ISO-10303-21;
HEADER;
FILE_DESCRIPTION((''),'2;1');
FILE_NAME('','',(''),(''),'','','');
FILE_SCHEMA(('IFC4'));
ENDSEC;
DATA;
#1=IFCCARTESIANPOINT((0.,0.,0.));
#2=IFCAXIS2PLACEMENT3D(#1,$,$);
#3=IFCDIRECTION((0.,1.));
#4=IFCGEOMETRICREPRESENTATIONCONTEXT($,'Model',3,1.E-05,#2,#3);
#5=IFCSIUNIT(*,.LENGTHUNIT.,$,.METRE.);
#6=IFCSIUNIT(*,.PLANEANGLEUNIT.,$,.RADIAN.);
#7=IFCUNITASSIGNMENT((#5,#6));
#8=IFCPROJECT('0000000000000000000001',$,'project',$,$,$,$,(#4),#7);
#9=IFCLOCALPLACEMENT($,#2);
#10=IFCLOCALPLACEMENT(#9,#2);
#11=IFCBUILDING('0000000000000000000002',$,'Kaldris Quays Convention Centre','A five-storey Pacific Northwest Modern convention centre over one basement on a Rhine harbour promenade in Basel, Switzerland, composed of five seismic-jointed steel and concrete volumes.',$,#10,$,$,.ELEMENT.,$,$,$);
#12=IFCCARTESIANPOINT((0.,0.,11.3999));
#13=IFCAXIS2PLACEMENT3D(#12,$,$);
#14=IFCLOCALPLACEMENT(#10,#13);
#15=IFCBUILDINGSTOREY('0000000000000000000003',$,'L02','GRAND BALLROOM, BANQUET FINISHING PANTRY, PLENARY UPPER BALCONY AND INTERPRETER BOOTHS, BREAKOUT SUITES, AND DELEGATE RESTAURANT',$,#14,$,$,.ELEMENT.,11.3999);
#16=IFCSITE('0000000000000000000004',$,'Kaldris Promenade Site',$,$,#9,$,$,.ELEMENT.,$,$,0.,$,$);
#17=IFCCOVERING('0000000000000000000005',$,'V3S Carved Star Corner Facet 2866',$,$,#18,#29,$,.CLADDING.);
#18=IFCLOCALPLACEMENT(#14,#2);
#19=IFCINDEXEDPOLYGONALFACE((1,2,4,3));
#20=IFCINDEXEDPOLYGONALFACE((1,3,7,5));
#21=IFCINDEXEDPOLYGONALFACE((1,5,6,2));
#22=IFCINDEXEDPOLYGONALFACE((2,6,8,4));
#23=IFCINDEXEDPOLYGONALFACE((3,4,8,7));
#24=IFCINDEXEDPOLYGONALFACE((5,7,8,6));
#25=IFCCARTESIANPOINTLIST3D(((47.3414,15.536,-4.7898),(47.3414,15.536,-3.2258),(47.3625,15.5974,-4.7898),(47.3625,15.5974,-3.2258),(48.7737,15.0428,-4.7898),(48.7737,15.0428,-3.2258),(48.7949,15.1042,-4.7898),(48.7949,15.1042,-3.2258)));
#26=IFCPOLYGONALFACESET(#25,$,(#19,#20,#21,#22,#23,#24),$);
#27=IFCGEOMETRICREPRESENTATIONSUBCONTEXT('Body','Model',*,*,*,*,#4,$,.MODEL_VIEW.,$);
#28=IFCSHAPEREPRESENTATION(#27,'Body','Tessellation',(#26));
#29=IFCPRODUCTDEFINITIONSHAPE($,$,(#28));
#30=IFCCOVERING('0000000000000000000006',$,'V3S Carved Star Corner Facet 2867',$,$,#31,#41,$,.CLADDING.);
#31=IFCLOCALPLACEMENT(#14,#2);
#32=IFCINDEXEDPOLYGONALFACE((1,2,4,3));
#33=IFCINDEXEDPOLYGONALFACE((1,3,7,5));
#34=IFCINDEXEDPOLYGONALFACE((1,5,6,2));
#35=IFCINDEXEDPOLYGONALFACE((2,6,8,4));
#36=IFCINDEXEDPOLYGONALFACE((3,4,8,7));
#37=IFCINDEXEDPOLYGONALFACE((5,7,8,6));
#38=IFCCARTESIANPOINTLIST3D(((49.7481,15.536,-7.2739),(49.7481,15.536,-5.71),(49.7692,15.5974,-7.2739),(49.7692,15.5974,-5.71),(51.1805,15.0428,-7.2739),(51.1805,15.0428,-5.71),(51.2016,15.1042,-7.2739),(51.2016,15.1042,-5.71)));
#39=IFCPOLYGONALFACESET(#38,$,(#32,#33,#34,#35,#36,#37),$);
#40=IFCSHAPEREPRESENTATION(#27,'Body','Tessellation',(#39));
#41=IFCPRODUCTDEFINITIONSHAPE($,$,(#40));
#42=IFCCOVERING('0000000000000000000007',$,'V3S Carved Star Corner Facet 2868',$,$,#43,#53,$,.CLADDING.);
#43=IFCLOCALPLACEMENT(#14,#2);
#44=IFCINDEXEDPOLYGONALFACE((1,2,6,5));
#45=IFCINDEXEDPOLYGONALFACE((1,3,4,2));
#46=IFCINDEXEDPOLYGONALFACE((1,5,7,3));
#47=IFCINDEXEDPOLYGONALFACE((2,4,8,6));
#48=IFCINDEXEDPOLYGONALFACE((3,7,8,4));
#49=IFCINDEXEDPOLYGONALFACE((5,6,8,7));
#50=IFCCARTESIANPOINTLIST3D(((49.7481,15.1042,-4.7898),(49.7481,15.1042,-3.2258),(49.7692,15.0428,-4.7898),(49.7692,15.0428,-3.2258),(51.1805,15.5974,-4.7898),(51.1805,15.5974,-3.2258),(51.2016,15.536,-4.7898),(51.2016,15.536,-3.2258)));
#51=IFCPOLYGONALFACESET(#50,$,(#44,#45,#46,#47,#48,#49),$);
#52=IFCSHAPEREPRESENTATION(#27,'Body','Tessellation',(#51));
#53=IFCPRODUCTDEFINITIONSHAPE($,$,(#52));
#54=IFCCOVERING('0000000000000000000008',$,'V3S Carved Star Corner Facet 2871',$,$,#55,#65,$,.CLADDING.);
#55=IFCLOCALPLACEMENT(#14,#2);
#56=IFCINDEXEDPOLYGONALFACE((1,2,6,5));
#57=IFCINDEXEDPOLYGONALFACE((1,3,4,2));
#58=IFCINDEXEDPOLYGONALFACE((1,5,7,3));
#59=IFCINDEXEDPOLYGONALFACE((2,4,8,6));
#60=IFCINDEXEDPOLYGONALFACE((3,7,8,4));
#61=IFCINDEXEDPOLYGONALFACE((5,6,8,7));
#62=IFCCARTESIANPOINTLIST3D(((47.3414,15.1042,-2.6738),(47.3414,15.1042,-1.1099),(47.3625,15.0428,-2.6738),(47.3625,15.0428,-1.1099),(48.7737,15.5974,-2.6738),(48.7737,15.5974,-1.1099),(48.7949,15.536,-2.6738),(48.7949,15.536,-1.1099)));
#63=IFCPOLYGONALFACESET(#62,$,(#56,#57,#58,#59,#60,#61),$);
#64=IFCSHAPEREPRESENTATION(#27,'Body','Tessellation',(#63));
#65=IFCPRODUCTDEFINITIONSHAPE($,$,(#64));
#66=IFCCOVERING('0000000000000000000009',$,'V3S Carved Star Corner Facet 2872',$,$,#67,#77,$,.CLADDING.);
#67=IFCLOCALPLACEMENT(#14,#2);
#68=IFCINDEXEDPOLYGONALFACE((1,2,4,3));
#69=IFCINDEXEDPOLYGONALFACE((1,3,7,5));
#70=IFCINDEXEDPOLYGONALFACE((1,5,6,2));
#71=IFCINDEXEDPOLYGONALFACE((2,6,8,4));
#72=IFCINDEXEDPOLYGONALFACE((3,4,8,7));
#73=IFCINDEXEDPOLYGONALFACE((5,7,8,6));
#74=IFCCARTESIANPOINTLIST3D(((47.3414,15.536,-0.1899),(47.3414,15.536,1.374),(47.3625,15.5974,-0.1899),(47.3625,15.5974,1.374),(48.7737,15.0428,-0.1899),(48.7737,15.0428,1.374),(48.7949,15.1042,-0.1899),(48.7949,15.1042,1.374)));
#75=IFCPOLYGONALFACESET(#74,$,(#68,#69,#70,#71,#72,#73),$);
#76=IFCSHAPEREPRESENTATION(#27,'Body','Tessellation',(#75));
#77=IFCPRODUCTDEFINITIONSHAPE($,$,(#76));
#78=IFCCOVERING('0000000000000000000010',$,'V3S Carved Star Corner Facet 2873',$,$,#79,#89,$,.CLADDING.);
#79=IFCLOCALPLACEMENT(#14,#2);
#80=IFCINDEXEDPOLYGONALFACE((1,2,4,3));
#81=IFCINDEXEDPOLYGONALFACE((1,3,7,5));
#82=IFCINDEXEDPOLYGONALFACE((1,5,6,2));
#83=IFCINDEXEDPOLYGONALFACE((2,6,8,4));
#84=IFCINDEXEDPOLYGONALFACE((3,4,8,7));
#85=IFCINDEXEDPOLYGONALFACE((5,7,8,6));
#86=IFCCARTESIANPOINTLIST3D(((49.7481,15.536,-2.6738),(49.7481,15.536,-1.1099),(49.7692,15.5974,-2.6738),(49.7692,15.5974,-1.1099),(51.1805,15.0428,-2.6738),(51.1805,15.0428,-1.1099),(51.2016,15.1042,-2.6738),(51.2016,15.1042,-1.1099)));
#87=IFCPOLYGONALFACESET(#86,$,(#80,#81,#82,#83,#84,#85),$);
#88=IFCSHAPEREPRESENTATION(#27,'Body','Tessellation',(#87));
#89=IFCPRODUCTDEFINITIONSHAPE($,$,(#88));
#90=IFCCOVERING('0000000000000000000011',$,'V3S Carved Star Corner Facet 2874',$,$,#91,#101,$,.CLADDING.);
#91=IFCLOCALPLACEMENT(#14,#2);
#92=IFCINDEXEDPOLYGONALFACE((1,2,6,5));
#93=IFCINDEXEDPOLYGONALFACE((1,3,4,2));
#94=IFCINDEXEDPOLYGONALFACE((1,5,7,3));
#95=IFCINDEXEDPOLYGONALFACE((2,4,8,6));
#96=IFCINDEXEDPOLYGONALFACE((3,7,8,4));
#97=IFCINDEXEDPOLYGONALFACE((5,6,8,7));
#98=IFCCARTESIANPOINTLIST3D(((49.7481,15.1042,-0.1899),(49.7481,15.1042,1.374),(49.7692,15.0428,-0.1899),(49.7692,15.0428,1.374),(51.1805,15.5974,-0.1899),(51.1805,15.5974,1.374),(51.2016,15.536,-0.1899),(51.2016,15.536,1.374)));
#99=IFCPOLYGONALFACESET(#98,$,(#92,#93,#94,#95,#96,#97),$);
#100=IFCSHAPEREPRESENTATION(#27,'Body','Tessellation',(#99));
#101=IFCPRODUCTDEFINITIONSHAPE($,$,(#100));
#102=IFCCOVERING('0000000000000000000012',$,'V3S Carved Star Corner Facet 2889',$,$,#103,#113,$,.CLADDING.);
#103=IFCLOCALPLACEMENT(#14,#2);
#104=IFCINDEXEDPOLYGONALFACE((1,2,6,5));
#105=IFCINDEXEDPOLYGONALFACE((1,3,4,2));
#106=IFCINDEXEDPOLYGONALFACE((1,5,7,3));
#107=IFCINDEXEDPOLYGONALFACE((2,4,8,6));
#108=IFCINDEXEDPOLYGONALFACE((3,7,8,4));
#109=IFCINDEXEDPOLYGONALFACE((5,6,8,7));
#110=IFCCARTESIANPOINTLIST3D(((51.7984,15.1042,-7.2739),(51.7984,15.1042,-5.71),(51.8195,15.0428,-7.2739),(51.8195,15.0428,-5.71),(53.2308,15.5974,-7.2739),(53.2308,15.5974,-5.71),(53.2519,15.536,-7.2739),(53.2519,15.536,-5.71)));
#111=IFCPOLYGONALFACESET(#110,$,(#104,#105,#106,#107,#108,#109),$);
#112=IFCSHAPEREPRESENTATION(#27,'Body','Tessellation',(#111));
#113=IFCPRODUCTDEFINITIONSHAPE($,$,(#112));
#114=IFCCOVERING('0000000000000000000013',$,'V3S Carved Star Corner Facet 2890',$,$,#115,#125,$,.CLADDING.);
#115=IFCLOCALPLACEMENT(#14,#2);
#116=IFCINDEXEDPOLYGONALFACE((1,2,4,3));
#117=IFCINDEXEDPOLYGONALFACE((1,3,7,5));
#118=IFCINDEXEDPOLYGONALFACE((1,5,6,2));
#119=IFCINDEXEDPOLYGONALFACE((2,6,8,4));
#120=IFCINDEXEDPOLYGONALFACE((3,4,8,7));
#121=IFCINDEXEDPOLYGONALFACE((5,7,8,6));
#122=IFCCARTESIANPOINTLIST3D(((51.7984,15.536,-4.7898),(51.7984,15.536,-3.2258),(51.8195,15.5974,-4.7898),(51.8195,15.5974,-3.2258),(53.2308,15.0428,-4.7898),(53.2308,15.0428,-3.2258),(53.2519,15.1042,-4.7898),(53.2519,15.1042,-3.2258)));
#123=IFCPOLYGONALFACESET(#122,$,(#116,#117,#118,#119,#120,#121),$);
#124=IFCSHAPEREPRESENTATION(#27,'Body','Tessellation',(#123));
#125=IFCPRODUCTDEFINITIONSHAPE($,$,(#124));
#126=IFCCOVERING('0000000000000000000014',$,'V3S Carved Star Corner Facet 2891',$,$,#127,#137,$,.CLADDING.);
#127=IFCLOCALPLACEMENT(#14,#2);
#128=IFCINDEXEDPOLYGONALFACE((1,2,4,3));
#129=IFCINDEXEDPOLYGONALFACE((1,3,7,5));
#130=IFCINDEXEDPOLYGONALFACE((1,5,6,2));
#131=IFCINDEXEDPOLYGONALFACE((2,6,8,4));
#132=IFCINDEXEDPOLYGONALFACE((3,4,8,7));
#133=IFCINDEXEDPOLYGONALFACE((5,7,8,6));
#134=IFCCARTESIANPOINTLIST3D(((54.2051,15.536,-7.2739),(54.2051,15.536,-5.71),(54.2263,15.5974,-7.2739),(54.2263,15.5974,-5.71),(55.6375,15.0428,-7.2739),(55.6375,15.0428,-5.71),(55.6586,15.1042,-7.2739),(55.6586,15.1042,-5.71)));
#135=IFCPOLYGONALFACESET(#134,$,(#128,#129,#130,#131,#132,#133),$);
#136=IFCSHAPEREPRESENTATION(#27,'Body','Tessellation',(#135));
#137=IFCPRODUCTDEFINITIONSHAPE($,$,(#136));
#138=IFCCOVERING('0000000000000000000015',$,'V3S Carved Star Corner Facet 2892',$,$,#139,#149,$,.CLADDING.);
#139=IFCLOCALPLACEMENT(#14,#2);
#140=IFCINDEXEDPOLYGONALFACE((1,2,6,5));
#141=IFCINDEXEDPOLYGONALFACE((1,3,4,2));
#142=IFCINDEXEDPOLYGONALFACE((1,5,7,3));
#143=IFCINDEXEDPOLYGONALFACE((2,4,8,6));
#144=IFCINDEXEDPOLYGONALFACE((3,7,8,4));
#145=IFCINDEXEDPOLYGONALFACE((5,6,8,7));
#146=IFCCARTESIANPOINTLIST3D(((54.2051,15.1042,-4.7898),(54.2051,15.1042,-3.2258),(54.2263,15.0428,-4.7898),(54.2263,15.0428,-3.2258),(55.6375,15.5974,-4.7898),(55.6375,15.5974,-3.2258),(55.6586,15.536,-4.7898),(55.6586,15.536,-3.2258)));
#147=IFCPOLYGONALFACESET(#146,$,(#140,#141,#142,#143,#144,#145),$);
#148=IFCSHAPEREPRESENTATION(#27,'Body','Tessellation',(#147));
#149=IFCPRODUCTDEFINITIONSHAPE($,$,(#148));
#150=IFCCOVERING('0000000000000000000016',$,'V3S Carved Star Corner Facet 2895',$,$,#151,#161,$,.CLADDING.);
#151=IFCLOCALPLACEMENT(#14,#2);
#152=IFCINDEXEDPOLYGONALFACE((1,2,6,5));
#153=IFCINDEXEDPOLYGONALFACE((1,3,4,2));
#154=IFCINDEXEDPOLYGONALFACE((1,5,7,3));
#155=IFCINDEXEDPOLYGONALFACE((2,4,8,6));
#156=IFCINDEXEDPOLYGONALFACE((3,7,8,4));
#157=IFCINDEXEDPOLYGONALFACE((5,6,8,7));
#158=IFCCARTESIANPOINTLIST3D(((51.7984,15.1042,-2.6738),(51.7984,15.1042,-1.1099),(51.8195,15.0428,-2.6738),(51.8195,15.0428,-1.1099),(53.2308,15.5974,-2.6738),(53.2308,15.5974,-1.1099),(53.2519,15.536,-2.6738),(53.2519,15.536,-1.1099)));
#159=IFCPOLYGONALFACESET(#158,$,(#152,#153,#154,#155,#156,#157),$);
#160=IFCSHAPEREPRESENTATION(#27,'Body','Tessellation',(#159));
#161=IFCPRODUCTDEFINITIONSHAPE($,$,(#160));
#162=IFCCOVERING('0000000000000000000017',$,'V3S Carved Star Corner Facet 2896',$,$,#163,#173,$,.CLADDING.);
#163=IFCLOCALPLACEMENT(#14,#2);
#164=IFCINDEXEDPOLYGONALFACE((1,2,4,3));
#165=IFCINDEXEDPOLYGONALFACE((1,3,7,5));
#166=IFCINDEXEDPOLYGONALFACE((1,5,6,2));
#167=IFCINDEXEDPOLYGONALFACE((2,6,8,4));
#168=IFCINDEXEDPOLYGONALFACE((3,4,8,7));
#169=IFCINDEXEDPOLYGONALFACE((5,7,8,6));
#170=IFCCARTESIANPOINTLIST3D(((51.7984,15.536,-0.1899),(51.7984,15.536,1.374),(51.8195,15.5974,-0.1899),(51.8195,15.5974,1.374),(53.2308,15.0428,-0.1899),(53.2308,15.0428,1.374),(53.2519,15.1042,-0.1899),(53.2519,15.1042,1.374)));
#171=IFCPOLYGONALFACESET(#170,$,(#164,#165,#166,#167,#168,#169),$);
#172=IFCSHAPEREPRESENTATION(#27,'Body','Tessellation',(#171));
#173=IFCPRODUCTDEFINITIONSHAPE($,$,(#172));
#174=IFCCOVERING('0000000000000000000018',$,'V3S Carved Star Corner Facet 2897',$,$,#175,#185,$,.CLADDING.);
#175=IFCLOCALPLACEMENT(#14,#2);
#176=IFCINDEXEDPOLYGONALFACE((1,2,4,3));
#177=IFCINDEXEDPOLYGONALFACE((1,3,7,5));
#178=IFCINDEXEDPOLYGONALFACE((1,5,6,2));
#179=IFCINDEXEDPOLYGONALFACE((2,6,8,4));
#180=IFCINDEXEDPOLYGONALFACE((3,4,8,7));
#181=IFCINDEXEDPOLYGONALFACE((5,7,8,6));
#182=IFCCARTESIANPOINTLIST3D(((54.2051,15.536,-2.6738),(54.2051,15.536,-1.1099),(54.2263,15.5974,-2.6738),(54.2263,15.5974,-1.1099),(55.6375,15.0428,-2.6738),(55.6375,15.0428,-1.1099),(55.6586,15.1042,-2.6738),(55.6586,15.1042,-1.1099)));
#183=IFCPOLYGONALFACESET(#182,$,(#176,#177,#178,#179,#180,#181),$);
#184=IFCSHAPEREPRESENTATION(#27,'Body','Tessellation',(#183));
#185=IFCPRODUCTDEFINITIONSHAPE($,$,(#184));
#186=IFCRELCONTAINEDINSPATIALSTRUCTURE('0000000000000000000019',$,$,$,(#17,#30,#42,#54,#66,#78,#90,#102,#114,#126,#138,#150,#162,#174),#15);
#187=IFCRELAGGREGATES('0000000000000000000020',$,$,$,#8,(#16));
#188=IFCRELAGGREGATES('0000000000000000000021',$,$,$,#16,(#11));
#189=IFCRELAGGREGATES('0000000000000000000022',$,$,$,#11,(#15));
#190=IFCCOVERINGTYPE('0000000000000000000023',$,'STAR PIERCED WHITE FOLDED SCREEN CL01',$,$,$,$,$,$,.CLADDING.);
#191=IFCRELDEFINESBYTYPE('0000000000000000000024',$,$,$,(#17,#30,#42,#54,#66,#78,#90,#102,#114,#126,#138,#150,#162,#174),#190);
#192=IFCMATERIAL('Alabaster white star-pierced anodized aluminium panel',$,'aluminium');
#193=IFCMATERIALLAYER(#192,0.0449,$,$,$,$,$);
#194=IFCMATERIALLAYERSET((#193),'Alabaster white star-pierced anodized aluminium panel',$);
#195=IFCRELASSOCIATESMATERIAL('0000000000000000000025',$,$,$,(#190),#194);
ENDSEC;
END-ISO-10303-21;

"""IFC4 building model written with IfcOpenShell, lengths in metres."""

from ifc_helpers import new_model, si_unit, direction, frame, origin, origin_2d, place, context, subcontext, project, spatial, rectangle, extrude, material, layer, layer_set, type_object, element, save


model = new_model("IFC4")

# Units and contexts
model_context = context("Model", 3, precision=1e-05, world=origin(), true_north=direction((0.0, 1.0)))
body_context = subcontext(model_context, "Body", "Model", "MODEL_VIEW")
ifc_project = project(units=[si_unit("LENGTHUNIT", "METRE"), si_unit("PLANEANGLEUNIT", "RADIAN")], contexts=[model_context])

# Site, building, storey
site_placement = place(None, origin())
site = spatial("IfcSite", under=ifc_project, at=site_placement, Name="Kaldris Promenade Site", CompositionType="ELEMENT", RefElevation=0.0)
building_placement = place(site_placement, origin())
building = spatial("IfcBuilding", under=site, at=building_placement, Name="Kaldris Quays Convention Centre", Description="A five-storey Pacific Northwest Modern convention centre over one basement on a Rhine harbour promenade in Basel, Switzerland, composed of five seismic-jointed steel and concrete volumes.", CompositionType="ELEMENT")
storey_placement = place(building_placement, frame((0.0, 0.0, 11.3999)))
storey = spatial("IfcBuildingStorey", under=building, at=storey_placement, Name="L02", Description="GRAND BALLROOM, BANQUET FINISHING PANTRY, PLENARY UPPER BALCONY AND INTERPRETER BOOTHS, BREAKOUT SUITES, AND DELEGATE RESTAURANT", CompositionType="ELEMENT", Elevation=11.3999)

# Coverings
ifc_material = material(Name="Alabaster white star-pierced anodized aluminium panel", Category="aluminium")
ifc_layer = layer(ifc_material, 0.0449)
ifc_layer_set = layer_set([ifc_layer], Name="Alabaster white star-pierced anodized aluminium panel")
covering_type = type_object("IfcCoveringType", Name="STAR PIERCED WHITE FOLDED SCREEN CL01", PredefinedType="CLADDING", material=ifc_layer_set)
for number, where, z_axis, x_axis, name in (
    (1, (48.0681, 15.3201, -4.7898), (0.0, 0.0, 1.0), (0.945519, -0.325568, 0.0), "V3S Carved Star Corner Facet 2866"),
    (2, (50.4749, 15.3201, -7.2739), (0.0, 0.0, 1.0), (0.945519, -0.325568, 0.0), "V3S Carved Star Corner Facet 2867"),
    (3, (50.4749, 15.3201, -4.7898), (0.0, 0.0, 1.0), (0.945519, 0.325568, 0.0), "V3S Carved Star Corner Facet 2868"),
    (4, (48.0681, 15.3201, -2.6738), (0.0, 0.0, 1.0), (0.945519, 0.325568, 0.0), "V3S Carved Star Corner Facet 2871"),
    (5, (48.0681, 15.3201, -0.1899), (0.0, 0.0, 1.0), (0.945519, -0.325568, 0.0), "V3S Carved Star Corner Facet 2872"),
    (6, (50.4749, 15.3201, -2.6738), (0.0, 0.0, 1.0), (0.945519, -0.325568, 0.0), "V3S Carved Star Corner Facet 2873"),
    (7, (50.4749, 15.3201, -0.1899), (0.0, 0.0, 1.0), (0.945519, 0.325568, 0.0), "V3S Carved Star Corner Facet 2874"),
    (8, (52.5251, 15.3201, -7.2739), (0.0, 0.0, 1.0), (0.945519, 0.325568, 0.0), "V3S Carved Star Corner Facet 2889"),
    (9, (52.5251, 15.3201, -4.7898), (0.0, 0.0, 1.0), (0.945519, -0.325568, 0.0), "V3S Carved Star Corner Facet 2890"),
    (10, (54.9319, 15.3201, -7.2739), (0.0, 0.0, 1.0), (0.945519, -0.325568, 0.0), "V3S Carved Star Corner Facet 2891"),
    (11, (54.9319, 15.3201, -4.7898), (0.0, 0.0, 1.0), (0.945519, 0.325568, 0.0), "V3S Carved Star Corner Facet 2892"),
    (12, (52.5251, 15.3201, -2.6738), (0.0, 0.0, 1.0), (0.945519, 0.325568, 0.0), "V3S Carved Star Corner Facet 2895"),
    (13, (52.5251, 15.3201, -0.1899), (0.0, 0.0, 1.0), (0.945519, -0.325568, 0.0), "V3S Carved Star Corner Facet 2896"),
    (14, (54.9319, 15.3201, -2.6738), (0.0, 0.0, 1.0), (0.945519, -0.325568, 0.0), "V3S Carved Star Corner Facet 2897"),
):
    element("IfcCovering", number, at=place(storey_placement, frame(where, z_axis=z_axis, x_axis=x_axis)), inside=storey, type_object=covering_type, Name=name, PredefinedType="CLADDING", context=body_context, shape_type="SweptSolid", body=[
        extrude(rectangle(XDim=1.5149, YDim=0.0649, at=origin_2d()), origin(), (0.0, 0.0, 1.0), 1.564),
    ])

save(model, "model.ifc")
